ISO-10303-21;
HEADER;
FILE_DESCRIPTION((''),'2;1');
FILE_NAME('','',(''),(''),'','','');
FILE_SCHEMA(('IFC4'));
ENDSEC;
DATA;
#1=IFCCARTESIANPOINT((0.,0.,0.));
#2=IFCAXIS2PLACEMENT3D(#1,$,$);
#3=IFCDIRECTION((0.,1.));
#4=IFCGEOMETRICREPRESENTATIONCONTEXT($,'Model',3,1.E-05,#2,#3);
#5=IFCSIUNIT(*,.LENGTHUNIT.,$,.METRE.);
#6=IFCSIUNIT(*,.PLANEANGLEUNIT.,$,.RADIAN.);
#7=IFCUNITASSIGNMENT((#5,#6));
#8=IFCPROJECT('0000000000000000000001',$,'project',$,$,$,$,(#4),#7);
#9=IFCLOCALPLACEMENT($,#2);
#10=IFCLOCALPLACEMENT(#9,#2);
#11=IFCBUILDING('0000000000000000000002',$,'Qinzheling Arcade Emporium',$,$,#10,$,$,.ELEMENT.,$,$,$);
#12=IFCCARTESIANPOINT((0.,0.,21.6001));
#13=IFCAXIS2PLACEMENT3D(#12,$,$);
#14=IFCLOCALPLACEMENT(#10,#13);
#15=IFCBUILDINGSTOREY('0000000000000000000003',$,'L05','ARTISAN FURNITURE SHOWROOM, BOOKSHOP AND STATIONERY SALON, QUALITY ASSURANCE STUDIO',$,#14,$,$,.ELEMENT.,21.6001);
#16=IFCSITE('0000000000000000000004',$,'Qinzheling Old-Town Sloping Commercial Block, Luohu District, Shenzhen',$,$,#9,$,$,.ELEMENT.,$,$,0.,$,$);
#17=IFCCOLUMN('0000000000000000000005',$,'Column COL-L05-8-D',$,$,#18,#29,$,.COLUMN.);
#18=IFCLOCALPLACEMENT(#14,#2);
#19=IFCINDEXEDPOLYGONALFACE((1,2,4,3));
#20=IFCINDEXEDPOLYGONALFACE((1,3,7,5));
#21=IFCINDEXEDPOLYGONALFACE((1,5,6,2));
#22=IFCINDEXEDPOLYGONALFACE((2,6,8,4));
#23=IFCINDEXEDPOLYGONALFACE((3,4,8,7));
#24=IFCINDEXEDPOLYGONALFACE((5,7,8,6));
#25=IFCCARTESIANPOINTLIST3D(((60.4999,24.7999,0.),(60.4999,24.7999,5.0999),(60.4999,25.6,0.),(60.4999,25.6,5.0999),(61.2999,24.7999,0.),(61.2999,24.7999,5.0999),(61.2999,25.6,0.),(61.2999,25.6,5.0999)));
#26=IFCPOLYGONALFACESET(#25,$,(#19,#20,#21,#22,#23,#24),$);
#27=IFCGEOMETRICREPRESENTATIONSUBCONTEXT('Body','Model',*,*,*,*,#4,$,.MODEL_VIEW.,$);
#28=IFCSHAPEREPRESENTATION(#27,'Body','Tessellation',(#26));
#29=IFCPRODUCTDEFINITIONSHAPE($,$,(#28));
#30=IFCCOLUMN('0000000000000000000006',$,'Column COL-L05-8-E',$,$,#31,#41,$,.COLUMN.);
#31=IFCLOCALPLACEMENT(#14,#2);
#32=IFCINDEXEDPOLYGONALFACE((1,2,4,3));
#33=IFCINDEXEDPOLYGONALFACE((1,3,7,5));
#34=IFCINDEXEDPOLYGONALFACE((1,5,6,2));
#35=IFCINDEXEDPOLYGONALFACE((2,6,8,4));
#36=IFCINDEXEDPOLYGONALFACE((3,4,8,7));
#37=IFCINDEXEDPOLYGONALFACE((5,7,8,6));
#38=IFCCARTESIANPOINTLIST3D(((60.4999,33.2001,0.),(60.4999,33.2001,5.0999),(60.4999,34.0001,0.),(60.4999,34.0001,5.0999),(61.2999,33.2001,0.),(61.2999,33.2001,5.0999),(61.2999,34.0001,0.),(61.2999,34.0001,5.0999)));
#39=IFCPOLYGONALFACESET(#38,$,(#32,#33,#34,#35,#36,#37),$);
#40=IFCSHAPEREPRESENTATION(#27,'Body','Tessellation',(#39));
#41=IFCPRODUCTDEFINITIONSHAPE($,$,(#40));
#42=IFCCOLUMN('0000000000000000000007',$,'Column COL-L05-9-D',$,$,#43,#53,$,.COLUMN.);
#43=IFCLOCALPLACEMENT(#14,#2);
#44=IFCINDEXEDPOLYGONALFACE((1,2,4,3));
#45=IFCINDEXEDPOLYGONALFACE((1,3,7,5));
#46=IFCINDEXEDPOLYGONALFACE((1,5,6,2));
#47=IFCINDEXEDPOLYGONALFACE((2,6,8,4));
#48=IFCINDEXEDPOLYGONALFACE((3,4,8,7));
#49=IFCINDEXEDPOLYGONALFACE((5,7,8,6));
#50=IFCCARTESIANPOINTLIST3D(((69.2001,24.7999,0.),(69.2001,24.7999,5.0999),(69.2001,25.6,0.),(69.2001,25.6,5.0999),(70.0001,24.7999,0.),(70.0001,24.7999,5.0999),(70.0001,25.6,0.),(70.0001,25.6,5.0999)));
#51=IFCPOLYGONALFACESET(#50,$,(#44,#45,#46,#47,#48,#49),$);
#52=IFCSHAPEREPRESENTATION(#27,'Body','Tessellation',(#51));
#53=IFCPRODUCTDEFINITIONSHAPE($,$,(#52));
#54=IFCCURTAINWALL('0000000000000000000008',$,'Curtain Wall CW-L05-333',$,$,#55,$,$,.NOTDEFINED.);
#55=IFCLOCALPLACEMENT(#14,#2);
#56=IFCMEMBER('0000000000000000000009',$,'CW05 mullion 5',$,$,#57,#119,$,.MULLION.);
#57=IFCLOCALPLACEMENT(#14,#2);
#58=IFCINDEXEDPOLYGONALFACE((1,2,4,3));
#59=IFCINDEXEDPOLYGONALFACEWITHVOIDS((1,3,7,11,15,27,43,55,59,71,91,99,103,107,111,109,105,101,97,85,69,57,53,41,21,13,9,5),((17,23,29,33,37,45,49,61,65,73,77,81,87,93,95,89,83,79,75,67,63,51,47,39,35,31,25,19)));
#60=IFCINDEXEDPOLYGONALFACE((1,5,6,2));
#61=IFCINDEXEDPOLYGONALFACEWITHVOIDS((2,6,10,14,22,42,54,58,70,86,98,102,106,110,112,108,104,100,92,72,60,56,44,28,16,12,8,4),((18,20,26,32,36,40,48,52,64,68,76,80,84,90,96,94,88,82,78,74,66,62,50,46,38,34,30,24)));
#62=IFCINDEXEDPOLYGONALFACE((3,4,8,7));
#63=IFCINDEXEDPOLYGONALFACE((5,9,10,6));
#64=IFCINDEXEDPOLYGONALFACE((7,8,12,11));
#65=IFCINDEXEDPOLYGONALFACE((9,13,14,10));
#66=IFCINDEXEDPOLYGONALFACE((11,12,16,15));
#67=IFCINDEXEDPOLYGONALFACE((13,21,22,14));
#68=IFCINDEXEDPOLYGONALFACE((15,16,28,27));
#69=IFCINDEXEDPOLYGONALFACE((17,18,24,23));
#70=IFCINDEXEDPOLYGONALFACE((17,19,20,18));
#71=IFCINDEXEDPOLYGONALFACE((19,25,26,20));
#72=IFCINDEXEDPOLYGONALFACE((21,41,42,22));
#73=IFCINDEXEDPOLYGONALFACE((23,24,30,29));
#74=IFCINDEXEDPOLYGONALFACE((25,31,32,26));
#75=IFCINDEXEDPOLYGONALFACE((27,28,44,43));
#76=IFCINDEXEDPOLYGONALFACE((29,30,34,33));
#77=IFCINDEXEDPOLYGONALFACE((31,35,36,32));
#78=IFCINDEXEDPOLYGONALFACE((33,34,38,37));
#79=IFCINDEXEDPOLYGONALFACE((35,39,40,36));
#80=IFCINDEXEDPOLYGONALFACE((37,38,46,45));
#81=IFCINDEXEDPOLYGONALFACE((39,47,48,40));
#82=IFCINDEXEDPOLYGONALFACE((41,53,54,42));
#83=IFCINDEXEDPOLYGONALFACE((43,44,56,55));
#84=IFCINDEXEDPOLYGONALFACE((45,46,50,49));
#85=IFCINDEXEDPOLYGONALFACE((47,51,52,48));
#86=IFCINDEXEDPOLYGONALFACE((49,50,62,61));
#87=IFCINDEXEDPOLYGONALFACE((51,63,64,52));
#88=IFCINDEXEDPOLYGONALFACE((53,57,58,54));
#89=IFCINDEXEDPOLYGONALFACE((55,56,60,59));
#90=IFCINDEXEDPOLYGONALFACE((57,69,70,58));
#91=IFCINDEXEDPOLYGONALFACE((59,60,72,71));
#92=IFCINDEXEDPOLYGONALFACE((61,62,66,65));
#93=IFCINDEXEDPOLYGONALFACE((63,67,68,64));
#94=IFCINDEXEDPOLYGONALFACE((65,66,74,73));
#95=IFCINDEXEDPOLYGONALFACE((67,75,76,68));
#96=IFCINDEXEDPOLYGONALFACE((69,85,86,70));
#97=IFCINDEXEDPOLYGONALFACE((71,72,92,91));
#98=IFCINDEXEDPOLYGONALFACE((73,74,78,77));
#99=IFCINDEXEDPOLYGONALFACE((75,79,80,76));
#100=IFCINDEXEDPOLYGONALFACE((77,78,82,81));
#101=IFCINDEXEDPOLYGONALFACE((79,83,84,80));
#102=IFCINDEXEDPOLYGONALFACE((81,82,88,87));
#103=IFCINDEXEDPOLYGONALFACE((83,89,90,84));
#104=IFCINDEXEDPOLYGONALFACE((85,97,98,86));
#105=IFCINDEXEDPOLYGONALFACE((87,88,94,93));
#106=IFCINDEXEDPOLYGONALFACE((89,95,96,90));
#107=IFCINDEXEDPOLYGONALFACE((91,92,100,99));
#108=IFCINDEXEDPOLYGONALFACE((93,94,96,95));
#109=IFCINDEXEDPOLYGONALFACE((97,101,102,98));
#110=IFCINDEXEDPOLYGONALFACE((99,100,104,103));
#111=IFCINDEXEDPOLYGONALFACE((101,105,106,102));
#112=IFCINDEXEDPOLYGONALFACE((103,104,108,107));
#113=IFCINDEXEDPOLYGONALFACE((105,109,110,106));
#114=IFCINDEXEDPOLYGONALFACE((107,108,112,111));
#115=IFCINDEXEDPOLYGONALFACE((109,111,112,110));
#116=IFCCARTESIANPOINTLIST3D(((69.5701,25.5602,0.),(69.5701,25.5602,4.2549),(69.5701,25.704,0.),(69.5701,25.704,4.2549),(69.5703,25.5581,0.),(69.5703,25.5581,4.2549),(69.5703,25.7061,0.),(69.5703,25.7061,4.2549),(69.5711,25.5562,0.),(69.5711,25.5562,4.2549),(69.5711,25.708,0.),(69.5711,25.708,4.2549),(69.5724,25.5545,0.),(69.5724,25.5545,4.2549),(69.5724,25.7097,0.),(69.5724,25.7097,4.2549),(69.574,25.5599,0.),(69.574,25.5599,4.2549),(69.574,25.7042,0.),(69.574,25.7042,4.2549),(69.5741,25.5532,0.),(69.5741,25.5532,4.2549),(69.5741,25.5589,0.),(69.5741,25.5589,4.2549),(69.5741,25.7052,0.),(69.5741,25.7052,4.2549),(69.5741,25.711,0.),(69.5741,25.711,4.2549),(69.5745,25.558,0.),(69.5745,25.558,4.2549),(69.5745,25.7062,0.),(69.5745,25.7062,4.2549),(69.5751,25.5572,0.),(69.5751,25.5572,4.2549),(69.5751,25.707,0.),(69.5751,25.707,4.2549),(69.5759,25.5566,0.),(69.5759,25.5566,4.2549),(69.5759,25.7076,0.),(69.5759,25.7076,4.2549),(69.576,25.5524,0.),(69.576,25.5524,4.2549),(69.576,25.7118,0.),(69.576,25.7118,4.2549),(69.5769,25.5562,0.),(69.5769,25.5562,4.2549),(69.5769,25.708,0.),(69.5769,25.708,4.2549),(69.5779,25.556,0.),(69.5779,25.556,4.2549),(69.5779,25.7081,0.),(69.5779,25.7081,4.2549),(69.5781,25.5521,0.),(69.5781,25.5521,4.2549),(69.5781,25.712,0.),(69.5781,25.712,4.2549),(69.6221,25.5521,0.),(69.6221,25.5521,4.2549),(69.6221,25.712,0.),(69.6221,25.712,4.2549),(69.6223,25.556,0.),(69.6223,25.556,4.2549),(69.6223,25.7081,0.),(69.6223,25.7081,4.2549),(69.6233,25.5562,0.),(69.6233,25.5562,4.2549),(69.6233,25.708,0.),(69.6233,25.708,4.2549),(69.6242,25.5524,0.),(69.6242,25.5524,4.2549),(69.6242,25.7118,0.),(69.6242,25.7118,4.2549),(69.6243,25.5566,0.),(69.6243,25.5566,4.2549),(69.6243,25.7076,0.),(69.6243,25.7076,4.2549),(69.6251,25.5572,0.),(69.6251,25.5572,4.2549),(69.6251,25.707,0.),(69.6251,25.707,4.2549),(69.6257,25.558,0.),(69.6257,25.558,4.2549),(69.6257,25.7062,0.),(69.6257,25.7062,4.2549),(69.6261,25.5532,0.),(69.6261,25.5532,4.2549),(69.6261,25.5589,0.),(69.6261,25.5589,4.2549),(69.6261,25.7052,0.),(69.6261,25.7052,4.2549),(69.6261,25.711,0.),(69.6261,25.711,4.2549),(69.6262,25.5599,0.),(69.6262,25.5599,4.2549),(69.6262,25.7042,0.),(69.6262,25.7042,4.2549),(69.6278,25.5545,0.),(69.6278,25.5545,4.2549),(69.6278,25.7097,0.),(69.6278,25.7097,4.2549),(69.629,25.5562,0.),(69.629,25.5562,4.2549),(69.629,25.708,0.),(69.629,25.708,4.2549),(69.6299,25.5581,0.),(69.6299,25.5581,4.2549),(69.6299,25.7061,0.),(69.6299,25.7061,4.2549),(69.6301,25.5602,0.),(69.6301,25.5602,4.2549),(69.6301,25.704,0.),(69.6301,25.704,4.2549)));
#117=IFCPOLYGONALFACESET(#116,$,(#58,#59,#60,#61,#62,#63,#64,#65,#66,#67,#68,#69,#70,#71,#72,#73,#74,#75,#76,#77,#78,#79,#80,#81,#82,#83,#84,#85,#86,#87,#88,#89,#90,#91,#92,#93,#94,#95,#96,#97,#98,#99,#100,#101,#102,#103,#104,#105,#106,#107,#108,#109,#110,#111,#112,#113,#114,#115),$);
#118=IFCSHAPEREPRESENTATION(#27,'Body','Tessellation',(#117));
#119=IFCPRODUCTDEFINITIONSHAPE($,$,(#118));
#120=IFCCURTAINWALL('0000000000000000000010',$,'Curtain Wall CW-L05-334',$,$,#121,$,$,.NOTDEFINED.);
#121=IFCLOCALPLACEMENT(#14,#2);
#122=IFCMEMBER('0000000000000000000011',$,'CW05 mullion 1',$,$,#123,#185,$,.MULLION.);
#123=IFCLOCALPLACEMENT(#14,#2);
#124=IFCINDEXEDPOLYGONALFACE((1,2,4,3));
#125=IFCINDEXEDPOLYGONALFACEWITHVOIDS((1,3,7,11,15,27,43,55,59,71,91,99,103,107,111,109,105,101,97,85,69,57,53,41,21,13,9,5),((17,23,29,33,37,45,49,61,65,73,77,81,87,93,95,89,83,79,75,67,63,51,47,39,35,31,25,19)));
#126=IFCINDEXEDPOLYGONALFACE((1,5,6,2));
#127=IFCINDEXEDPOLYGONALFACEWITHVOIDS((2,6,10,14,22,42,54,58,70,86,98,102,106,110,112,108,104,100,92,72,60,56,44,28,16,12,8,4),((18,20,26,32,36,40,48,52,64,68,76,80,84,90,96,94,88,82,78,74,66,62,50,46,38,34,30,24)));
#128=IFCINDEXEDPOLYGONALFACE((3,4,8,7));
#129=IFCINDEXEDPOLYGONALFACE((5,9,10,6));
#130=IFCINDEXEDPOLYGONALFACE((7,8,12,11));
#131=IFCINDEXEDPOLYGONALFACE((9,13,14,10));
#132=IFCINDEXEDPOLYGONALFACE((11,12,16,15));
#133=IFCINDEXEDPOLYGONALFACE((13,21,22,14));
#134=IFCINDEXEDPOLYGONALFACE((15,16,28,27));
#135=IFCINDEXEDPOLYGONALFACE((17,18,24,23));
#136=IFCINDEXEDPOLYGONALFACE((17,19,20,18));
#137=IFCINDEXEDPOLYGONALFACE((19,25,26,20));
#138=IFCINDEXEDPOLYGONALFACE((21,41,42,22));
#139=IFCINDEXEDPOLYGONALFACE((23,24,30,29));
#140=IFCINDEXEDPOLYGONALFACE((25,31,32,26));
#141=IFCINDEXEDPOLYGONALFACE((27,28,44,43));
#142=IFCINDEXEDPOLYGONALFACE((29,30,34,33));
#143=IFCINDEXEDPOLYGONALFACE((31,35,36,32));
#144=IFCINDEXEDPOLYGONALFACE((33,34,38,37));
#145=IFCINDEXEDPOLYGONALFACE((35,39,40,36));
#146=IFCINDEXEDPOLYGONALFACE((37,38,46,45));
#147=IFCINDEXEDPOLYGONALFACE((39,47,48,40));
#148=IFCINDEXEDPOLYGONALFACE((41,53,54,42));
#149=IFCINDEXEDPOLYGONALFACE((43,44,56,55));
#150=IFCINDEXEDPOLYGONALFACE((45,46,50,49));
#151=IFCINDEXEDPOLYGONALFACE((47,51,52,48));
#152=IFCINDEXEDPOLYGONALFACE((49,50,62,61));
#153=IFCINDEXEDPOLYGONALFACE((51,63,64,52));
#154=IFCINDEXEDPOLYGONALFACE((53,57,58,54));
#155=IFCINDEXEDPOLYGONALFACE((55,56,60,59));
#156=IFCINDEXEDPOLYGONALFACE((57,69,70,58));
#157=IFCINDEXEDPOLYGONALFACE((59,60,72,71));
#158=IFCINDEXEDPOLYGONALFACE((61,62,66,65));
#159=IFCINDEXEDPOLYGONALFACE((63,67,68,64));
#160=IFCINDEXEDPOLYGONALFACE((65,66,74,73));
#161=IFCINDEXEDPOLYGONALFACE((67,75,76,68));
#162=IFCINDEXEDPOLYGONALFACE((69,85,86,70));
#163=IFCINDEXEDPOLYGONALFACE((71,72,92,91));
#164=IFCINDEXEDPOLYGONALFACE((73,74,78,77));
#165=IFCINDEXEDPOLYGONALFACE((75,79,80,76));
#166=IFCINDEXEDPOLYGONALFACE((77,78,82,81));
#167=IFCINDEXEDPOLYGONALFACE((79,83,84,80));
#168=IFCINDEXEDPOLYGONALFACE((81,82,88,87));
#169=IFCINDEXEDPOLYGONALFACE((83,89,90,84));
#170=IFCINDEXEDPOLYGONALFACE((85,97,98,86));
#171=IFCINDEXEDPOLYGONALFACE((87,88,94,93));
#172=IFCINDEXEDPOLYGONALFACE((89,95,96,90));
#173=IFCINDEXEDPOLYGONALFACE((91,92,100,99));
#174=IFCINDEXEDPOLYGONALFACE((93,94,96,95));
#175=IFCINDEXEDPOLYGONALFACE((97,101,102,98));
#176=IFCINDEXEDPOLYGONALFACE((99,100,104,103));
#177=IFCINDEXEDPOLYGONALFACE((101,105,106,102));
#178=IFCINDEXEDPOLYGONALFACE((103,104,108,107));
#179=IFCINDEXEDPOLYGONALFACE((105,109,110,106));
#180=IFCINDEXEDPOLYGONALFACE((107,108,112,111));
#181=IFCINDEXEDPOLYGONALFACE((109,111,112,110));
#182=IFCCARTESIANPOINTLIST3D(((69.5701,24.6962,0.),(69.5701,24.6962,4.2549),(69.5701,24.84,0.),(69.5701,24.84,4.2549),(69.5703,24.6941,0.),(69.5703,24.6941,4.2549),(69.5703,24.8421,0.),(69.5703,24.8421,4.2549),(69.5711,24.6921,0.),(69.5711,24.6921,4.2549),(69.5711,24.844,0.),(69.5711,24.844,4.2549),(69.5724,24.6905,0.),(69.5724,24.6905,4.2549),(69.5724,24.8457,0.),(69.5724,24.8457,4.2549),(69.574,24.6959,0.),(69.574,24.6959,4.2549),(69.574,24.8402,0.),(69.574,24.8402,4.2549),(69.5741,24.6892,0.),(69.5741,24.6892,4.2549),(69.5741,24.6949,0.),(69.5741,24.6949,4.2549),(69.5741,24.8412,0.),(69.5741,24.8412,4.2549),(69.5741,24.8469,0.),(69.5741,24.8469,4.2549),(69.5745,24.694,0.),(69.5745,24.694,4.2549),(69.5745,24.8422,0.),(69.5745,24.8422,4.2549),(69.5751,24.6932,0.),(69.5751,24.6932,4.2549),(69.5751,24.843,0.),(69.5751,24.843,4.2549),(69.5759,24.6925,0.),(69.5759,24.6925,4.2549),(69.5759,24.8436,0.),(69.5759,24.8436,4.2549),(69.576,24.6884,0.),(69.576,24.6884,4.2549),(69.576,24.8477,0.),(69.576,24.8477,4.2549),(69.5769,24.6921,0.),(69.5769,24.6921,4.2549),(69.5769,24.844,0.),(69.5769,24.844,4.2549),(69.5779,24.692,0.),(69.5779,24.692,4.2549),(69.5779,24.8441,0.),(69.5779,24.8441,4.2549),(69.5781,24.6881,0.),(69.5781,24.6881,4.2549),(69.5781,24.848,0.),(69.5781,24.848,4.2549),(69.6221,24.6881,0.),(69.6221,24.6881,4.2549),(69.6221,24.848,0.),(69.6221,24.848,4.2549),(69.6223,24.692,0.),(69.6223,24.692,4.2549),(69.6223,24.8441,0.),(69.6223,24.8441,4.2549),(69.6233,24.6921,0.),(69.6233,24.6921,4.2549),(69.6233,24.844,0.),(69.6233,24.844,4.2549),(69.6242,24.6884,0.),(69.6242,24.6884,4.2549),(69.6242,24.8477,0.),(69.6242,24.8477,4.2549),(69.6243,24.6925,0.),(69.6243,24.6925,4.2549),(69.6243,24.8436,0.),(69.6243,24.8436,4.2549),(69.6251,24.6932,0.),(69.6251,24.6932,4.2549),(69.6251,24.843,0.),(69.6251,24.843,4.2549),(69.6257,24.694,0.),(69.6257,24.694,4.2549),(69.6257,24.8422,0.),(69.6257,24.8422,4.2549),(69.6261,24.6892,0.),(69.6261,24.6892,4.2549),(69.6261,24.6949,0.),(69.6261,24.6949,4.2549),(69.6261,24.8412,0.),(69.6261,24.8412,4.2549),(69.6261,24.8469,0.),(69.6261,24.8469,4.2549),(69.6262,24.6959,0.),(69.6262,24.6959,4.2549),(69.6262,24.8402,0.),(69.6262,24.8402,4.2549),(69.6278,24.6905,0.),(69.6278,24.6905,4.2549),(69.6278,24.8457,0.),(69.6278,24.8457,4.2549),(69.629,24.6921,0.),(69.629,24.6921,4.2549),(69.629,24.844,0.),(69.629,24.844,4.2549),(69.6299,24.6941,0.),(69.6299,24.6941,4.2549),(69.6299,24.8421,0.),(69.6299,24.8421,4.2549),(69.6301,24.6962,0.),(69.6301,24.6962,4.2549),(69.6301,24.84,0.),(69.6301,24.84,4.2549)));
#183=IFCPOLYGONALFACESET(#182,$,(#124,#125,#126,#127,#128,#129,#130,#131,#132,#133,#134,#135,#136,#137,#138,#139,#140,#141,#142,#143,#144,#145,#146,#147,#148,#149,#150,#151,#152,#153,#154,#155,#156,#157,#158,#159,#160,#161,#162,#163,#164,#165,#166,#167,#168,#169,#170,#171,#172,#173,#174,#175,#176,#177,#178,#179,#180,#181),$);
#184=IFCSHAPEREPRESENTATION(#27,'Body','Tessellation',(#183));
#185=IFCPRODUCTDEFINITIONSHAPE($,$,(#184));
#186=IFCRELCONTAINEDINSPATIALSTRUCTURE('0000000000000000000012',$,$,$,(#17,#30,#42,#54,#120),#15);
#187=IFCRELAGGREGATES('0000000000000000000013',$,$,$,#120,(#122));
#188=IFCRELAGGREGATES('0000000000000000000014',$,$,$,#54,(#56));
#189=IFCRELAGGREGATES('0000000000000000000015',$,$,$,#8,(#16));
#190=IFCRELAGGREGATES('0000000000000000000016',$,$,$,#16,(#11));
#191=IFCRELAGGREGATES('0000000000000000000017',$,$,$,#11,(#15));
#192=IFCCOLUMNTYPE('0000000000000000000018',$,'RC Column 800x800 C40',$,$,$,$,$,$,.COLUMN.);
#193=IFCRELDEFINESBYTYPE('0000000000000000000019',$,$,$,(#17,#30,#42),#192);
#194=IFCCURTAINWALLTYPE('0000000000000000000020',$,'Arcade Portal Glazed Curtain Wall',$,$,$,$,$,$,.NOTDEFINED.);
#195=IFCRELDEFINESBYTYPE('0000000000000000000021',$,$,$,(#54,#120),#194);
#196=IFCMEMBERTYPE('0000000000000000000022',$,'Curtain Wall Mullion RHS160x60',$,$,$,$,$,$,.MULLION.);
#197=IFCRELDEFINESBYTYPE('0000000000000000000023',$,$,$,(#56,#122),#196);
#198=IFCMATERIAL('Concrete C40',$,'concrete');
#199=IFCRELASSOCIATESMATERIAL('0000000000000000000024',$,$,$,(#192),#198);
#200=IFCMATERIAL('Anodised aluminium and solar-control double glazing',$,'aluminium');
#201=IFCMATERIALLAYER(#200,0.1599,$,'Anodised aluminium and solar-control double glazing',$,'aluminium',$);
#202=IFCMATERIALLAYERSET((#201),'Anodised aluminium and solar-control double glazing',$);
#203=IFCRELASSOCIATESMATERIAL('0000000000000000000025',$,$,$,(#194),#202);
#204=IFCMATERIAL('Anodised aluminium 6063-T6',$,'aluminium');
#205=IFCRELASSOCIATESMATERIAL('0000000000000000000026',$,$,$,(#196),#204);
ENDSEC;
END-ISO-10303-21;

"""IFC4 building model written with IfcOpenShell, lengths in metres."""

from ifc_helpers import new_model, si_unit, direction, frame, origin, origin_2d, place, context, subcontext, project, spatial, rectangle, hollow_rectangle, extrude, material, layer, layer_set, material_profile, profile_set, type_object, element, aggregate, save


model = new_model("IFC4")

# Units and contexts
model_context = context("Model", 3, precision=1e-05, world=origin(), true_north=direction((0.0, 1.0)))
body_context = subcontext(model_context, "Body", "Model", "MODEL_VIEW")
ifc_project = project(units=[si_unit("LENGTHUNIT", "METRE"), si_unit("PLANEANGLEUNIT", "RADIAN")], contexts=[model_context])

# Site, building, storey
site_placement = place(None, origin())
site = spatial("IfcSite", under=ifc_project, at=site_placement, Name="Qinzheling Old-Town Sloping Commercial Block, Luohu District, Shenzhen", CompositionType="ELEMENT", RefElevation=0.0)
building_placement = place(site_placement, origin())
building = spatial("IfcBuilding", under=site, at=building_placement, Name="Qinzheling Arcade Emporium", CompositionType="ELEMENT")
storey_placement = place(building_placement, frame((0.0, 0.0, 21.6001)))
storey = spatial("IfcBuildingStorey", under=building, at=storey_placement, Name="L05", Description="ARTISAN FURNITURE SHOWROOM, BOOKSHOP AND STATIONERY SALON, QUALITY ASSURANCE STUDIO", CompositionType="ELEMENT", Elevation=21.6001)

# Columns
ifc_material_1 = material(Name="Concrete C40", Category="concrete")
ifc_material_profile_1 = material_profile(ifc_material_1, rectangle(XDim=0.8, YDim=0.8, at=origin_2d()), Name="RC 800x800", Category="concrete")
ifc_profile_set_1 = profile_set([ifc_material_profile_1], Name="Concrete C40")
column_type = type_object("IfcColumnType", Name="RC Column 800x800 C40", PredefinedType="COLUMN", material=ifc_profile_set_1)
for number, where, z_axis, x_axis, name in (
    (1, (60.8999, 25.2, 0.0), (0.0, 0.0, 1.0), (1.0, 0.0, 0.0), "Column COL-L05-8-D"),
    (2, (60.8999, 33.6001, 0.0), (0.0, 0.0, 1.0), (1.0, 0.0, 0.0), "Column COL-L05-8-E"),
    (3, (69.6001, 25.2, 0.0), (0.0, 0.0, 1.0), (1.0, 0.0, 0.0), "Column COL-L05-9-D"),
):
    element("IfcColumn", number, at=place(storey_placement, frame(where, z_axis=z_axis, x_axis=x_axis)), inside=storey, type_object=column_type, Name=name, PredefinedType="COLUMN", context=body_context, shape_type="SweptSolid", body=[
        extrude(rectangle(XDim=0.8, YDim=0.8, at=origin_2d()), origin(), (0.0, 0.0, 1.0), 5.0999),
    ])

# Curtain wall, member
ifc_material_2 = material(Name="Anodised aluminium and solar-control double glazing", Category="aluminium")
ifc_layer_1 = layer(ifc_material_2, 0.1599, Name="Anodised aluminium and solar-control double glazing", Category="aluminium")
ifc_layer_set_1 = layer_set([ifc_layer_1], Name="Anodised aluminium and solar-control double glazing")
curtain_wall_type = type_object("IfcCurtainWallType", Name="Arcade Portal Glazed Curtain Wall", PredefinedType="NOTDEFINED", material=ifc_layer_set_1)
curtain_wall_1_placement = place(storey_placement, origin())
curtain_wall_1 = element("IfcCurtainWall", 4, at=curtain_wall_1_placement, inside=storey, type_object=curtain_wall_type, Name="Curtain Wall CW-L05-333", PredefinedType="NOTDEFINED")
ifc_material_3 = material(Name="Anodised aluminium 6063-T6", Category="aluminium")
ifc_material_profile_2 = material_profile(ifc_material_3, hollow_rectangle(XDim=0.0601, YDim=0.1599, WallThickness=0.0039, InnerFilletRadius=0.0039, OuterFilletRadius=0.0081, at=origin_2d()), Name="RHS 160x60x4", Category="aluminium")
ifc_profile_set_2 = profile_set([ifc_material_profile_2], Name="Anodised aluminium 6063-T6")
member_type_1 = type_object("IfcMemberType", Name="Curtain Wall Mullion RHS160x60", PredefinedType="MULLION", material=ifc_profile_set_2)
member_1_placement = place(storey_placement, frame((69.6001, 25.6321, 0.0), z_axis=(0.0, 0.0, 1.0), x_axis=(1.0, 0.0, 0.0)))
member_1 = element("IfcMember", 5, at=member_1_placement, type_object=member_type_1, Name="CW05 mullion 5", PredefinedType="MULLION", context=body_context, shape_type="SweptSolid", body=[
    extrude(hollow_rectangle(XDim=0.0601, YDim=0.1599, WallThickness=0.0039, InnerFilletRadius=0.0039, OuterFilletRadius=0.0081, at=origin_2d()), origin(), (0.0, 0.0, 1.0), 4.2549),
])

# Curtain wall, member
curtain_wall_2_placement = place(storey_placement, origin())
curtain_wall_2 = element("IfcCurtainWall", 6, at=curtain_wall_2_placement, inside=storey, type_object=curtain_wall_type, Name="Curtain Wall CW-L05-334", PredefinedType="NOTDEFINED")
member_2_placement = place(storey_placement, frame((69.6001, 24.7681, 0.0), z_axis=(0.0, 0.0, 1.0), x_axis=(1.0, 0.0, 0.0)))
member_2 = element("IfcMember", 7, at=member_2_placement, type_object=member_type_1, Name="CW05 mullion 1", PredefinedType="MULLION", context=body_context, shape_type="SweptSolid", body=[
    extrude(hollow_rectangle(XDim=0.0601, YDim=0.1599, WallThickness=0.0039, InnerFilletRadius=0.0039, OuterFilletRadius=0.0081, at=origin_2d()), origin(), (0.0, 0.0, 1.0), 4.2549),
])
aggregate(curtain_wall_2, [member_2])

aggregate(curtain_wall_1, [member_1])

save(model, "model.ifc")
